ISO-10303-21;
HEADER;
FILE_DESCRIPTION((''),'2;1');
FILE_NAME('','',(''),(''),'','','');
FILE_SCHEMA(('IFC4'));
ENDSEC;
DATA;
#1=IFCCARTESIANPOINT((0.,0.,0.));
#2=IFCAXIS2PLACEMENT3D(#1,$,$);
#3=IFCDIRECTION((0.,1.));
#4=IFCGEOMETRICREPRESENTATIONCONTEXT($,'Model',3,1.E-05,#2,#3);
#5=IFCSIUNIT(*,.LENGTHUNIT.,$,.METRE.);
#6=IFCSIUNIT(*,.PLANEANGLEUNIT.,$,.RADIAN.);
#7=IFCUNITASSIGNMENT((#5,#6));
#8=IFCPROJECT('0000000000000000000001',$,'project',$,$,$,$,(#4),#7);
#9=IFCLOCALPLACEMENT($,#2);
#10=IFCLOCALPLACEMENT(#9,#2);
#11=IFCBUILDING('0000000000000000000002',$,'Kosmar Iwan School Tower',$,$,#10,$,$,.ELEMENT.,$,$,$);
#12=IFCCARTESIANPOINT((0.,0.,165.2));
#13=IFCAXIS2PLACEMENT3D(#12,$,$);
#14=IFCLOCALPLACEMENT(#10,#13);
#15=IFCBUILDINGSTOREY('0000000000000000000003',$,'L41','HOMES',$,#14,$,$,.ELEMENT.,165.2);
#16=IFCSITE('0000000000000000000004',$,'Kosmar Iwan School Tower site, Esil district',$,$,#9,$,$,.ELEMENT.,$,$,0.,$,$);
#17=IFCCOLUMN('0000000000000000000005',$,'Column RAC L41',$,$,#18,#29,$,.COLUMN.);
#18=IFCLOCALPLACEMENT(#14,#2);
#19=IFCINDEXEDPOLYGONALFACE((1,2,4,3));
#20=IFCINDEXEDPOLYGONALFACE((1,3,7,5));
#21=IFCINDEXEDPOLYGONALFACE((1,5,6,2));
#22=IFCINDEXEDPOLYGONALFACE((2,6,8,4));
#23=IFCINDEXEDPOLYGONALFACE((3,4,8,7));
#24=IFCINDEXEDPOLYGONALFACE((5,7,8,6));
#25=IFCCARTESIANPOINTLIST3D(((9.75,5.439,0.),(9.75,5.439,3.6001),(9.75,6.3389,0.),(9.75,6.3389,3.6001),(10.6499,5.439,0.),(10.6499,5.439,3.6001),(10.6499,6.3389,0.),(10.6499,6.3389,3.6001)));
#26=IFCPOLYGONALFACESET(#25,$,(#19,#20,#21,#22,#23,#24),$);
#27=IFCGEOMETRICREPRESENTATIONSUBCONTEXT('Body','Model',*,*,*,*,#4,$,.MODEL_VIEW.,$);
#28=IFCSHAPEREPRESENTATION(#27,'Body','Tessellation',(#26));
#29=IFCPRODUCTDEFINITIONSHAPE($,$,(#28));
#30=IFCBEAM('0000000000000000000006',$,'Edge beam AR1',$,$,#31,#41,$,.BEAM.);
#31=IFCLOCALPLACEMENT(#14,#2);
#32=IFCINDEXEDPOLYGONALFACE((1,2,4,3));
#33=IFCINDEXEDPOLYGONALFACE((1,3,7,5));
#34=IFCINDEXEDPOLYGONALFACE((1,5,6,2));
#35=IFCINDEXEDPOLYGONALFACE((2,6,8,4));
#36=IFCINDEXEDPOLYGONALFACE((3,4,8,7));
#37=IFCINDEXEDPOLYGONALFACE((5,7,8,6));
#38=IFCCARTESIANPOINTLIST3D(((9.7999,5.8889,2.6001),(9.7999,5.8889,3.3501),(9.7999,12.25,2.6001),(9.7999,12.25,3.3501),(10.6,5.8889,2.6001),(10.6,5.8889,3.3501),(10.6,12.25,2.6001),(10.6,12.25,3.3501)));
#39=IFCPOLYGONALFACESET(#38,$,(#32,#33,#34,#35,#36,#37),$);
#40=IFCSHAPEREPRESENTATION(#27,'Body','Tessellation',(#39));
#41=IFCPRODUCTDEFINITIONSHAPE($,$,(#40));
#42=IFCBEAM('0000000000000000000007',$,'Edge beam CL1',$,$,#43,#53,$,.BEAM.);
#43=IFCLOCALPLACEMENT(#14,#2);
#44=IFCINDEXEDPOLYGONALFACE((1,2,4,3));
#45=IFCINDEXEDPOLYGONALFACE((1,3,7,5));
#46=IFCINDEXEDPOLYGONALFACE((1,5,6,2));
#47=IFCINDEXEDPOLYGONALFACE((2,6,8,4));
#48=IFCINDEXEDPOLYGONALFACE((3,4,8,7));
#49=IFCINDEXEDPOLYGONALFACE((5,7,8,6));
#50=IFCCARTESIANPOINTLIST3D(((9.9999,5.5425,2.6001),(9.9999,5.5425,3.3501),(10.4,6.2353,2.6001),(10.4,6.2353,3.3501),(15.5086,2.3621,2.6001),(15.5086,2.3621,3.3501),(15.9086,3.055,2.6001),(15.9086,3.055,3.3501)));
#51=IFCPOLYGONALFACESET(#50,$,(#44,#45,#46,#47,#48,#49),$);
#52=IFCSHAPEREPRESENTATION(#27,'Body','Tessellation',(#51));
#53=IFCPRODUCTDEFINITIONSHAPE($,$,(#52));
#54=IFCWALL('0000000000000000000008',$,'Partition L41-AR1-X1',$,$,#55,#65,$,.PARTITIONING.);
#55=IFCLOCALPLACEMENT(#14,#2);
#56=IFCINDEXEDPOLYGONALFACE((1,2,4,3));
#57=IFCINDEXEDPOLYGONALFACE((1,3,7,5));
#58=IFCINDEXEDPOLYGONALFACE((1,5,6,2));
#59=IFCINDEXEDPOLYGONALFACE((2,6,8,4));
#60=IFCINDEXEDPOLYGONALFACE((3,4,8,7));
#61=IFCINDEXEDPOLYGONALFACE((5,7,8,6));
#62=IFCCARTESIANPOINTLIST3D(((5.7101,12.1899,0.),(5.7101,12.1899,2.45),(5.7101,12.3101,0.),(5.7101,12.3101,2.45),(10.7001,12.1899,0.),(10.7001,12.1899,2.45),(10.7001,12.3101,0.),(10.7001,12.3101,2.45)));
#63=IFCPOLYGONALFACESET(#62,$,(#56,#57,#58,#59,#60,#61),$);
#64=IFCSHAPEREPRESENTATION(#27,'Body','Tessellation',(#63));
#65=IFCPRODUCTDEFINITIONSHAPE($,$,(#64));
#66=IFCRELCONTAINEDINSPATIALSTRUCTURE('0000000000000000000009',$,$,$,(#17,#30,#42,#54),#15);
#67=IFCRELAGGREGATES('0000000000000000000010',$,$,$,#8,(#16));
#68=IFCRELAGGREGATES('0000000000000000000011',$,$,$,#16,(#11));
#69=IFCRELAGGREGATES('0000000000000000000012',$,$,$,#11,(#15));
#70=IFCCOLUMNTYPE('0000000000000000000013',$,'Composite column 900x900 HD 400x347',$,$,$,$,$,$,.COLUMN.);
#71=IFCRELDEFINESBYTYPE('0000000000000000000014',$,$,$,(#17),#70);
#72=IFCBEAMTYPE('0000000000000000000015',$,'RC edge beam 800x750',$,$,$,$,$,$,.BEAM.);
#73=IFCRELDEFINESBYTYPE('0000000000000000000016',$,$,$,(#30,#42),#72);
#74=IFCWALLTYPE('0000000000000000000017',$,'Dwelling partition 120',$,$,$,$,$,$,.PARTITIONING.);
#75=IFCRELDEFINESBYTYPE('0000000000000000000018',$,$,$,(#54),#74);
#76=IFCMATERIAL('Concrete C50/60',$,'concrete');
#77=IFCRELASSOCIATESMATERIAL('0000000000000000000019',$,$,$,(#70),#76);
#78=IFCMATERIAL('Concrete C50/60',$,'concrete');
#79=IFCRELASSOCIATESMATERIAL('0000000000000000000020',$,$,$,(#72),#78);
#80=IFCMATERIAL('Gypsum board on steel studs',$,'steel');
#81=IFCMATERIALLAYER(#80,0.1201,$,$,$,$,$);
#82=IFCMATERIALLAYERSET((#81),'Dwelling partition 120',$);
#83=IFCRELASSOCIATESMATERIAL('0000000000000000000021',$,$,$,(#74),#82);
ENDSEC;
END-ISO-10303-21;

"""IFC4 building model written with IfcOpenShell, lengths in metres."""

from ifc_helpers import new_model, si_unit, direction, frame, frame_2d, origin, origin_2d, place, context, subcontext, project, spatial, rectangle, extrude, material, layer, layer_set, material_profile, profile_set, type_object, element, save


model = new_model("IFC4")

# Units and contexts
model_context = context("Model", 3, precision=1e-05, world=origin(), true_north=direction((0.0, 1.0)))
body_context = subcontext(model_context, "Body", "Model", "MODEL_VIEW")
ifc_project = project(units=[si_unit("LENGTHUNIT", "METRE"), si_unit("PLANEANGLEUNIT", "RADIAN")], contexts=[model_context])

# Site, building, storey
site_placement = place(None, origin())
site = spatial("IfcSite", under=ifc_project, at=site_placement, Name="Kosmar Iwan School Tower site, Esil district", CompositionType="ELEMENT", RefElevation=0.0)
building_placement = place(site_placement, origin())
building = spatial("IfcBuilding", under=site, at=building_placement, Name="Kosmar Iwan School Tower", CompositionType="ELEMENT")
storey_placement = place(building_placement, frame((0.0, 0.0, 165.2)))
storey = spatial("IfcBuildingStorey", under=building, at=storey_placement, Name="L41", Description="HOMES", CompositionType="ELEMENT", Elevation=165.2)

# Column
ifc_material_1 = material(Name="Concrete C50/60", Category="concrete")
ifc_material_profile_1 = material_profile(ifc_material_1, rectangle(XDim=0.8999, YDim=0.8999, at=origin_2d()), Name="RC 900x900 + HD 400x347")
ifc_profile_set_1 = profile_set([ifc_material_profile_1], Name="Concrete C50/60")
column_type = type_object("IfcColumnType", Name="Composite column 900x900 HD 400x347", PredefinedType="COLUMN", material=ifc_profile_set_1)
column_placement = place(storey_placement, frame((10.2, 5.8889, 0.0), z_axis=(0.0, 0.0, 1.0), x_axis=(1.0, 0.0, 0.0)))
element("IfcColumn", 1, at=column_placement, inside=storey, type_object=column_type, Name="Column RAC L41", PredefinedType="COLUMN", context=body_context, shape_type="SweptSolid", body=[
    extrude(rectangle(XDim=0.8999, YDim=0.8999, at=origin_2d()), origin(), (0.0, 0.0, 1.0), 3.6001),
])

# Beams
ifc_material_2 = material(Name="Concrete C50/60", Category="concrete")
ifc_material_profile_2 = material_profile(ifc_material_2, rectangle(XDim=0.8, YDim=0.75, at=origin_2d()), Name="RC 800x750")
ifc_profile_set_2 = profile_set([ifc_material_profile_2], Name="Concrete C50/60")
beam_type = type_object("IfcBeamType", Name="RC edge beam 800x750", PredefinedType="BEAM", material=ifc_profile_set_2)
beam_1_placement = place(storey_placement, frame((10.2, 5.8889, 2.9751), z_axis=(0.0, 1.0, 0.0), x_axis=(-1.0, 0.0, 0.0)))
element("IfcBeam", 2, at=beam_1_placement, inside=storey, type_object=beam_type, Name="Edge beam AR1", PredefinedType="BEAM", context=body_context, shape_type="SweptSolid", body=[
    extrude(rectangle(XDim=0.8, YDim=0.75, at=origin_2d()), origin(), (0.0, 0.0, 1.0), 6.3611),
])
beam_2_placement = place(storey_placement, frame((10.2, 5.8889, 2.9751), z_axis=(0.866031, -0.49999, 0.0), x_axis=(0.49999, 0.866031, 0.0)))
element("IfcBeam", 3, at=beam_2_placement, inside=storey, type_object=beam_type, Name="Edge beam CL1", PredefinedType="BEAM", context=body_context, shape_type="SweptSolid", body=[
    extrude(rectangle(XDim=0.8, YDim=0.75, at=origin_2d()), origin(), (0.0, 0.0, 1.0), 6.3608),
])

# Wall
ifc_material_3 = material(Name="Gypsum board on steel studs", Category="steel")
ifc_layer_1 = layer(ifc_material_3, 0.1201)
ifc_layer_set_1 = layer_set([ifc_layer_1], Name="Dwelling partition 120")
wall_type_1 = type_object("IfcWallType", Name="Dwelling partition 120", PredefinedType="PARTITIONING", material=ifc_layer_set_1)
wall_1_placement = place(storey_placement, frame((5.71, 12.25, 0.0), z_axis=(0.0, 0.0, 1.0), x_axis=(1.0, 0.0, 0.0)))
element("IfcWall", 4, at=wall_1_placement, inside=storey, type_object=wall_type_1, Name="Partition L41-AR1-X1", PredefinedType="PARTITIONING", context=body_context, shape_type="SweptSolid", body=[
    extrude(rectangle(XDim=4.99, YDim=0.1201, at=frame_2d((2.4951, 0.0))), origin(), (0.0, 0.0, 1.0), 2.45),
])

save(model, "model.ifc")
